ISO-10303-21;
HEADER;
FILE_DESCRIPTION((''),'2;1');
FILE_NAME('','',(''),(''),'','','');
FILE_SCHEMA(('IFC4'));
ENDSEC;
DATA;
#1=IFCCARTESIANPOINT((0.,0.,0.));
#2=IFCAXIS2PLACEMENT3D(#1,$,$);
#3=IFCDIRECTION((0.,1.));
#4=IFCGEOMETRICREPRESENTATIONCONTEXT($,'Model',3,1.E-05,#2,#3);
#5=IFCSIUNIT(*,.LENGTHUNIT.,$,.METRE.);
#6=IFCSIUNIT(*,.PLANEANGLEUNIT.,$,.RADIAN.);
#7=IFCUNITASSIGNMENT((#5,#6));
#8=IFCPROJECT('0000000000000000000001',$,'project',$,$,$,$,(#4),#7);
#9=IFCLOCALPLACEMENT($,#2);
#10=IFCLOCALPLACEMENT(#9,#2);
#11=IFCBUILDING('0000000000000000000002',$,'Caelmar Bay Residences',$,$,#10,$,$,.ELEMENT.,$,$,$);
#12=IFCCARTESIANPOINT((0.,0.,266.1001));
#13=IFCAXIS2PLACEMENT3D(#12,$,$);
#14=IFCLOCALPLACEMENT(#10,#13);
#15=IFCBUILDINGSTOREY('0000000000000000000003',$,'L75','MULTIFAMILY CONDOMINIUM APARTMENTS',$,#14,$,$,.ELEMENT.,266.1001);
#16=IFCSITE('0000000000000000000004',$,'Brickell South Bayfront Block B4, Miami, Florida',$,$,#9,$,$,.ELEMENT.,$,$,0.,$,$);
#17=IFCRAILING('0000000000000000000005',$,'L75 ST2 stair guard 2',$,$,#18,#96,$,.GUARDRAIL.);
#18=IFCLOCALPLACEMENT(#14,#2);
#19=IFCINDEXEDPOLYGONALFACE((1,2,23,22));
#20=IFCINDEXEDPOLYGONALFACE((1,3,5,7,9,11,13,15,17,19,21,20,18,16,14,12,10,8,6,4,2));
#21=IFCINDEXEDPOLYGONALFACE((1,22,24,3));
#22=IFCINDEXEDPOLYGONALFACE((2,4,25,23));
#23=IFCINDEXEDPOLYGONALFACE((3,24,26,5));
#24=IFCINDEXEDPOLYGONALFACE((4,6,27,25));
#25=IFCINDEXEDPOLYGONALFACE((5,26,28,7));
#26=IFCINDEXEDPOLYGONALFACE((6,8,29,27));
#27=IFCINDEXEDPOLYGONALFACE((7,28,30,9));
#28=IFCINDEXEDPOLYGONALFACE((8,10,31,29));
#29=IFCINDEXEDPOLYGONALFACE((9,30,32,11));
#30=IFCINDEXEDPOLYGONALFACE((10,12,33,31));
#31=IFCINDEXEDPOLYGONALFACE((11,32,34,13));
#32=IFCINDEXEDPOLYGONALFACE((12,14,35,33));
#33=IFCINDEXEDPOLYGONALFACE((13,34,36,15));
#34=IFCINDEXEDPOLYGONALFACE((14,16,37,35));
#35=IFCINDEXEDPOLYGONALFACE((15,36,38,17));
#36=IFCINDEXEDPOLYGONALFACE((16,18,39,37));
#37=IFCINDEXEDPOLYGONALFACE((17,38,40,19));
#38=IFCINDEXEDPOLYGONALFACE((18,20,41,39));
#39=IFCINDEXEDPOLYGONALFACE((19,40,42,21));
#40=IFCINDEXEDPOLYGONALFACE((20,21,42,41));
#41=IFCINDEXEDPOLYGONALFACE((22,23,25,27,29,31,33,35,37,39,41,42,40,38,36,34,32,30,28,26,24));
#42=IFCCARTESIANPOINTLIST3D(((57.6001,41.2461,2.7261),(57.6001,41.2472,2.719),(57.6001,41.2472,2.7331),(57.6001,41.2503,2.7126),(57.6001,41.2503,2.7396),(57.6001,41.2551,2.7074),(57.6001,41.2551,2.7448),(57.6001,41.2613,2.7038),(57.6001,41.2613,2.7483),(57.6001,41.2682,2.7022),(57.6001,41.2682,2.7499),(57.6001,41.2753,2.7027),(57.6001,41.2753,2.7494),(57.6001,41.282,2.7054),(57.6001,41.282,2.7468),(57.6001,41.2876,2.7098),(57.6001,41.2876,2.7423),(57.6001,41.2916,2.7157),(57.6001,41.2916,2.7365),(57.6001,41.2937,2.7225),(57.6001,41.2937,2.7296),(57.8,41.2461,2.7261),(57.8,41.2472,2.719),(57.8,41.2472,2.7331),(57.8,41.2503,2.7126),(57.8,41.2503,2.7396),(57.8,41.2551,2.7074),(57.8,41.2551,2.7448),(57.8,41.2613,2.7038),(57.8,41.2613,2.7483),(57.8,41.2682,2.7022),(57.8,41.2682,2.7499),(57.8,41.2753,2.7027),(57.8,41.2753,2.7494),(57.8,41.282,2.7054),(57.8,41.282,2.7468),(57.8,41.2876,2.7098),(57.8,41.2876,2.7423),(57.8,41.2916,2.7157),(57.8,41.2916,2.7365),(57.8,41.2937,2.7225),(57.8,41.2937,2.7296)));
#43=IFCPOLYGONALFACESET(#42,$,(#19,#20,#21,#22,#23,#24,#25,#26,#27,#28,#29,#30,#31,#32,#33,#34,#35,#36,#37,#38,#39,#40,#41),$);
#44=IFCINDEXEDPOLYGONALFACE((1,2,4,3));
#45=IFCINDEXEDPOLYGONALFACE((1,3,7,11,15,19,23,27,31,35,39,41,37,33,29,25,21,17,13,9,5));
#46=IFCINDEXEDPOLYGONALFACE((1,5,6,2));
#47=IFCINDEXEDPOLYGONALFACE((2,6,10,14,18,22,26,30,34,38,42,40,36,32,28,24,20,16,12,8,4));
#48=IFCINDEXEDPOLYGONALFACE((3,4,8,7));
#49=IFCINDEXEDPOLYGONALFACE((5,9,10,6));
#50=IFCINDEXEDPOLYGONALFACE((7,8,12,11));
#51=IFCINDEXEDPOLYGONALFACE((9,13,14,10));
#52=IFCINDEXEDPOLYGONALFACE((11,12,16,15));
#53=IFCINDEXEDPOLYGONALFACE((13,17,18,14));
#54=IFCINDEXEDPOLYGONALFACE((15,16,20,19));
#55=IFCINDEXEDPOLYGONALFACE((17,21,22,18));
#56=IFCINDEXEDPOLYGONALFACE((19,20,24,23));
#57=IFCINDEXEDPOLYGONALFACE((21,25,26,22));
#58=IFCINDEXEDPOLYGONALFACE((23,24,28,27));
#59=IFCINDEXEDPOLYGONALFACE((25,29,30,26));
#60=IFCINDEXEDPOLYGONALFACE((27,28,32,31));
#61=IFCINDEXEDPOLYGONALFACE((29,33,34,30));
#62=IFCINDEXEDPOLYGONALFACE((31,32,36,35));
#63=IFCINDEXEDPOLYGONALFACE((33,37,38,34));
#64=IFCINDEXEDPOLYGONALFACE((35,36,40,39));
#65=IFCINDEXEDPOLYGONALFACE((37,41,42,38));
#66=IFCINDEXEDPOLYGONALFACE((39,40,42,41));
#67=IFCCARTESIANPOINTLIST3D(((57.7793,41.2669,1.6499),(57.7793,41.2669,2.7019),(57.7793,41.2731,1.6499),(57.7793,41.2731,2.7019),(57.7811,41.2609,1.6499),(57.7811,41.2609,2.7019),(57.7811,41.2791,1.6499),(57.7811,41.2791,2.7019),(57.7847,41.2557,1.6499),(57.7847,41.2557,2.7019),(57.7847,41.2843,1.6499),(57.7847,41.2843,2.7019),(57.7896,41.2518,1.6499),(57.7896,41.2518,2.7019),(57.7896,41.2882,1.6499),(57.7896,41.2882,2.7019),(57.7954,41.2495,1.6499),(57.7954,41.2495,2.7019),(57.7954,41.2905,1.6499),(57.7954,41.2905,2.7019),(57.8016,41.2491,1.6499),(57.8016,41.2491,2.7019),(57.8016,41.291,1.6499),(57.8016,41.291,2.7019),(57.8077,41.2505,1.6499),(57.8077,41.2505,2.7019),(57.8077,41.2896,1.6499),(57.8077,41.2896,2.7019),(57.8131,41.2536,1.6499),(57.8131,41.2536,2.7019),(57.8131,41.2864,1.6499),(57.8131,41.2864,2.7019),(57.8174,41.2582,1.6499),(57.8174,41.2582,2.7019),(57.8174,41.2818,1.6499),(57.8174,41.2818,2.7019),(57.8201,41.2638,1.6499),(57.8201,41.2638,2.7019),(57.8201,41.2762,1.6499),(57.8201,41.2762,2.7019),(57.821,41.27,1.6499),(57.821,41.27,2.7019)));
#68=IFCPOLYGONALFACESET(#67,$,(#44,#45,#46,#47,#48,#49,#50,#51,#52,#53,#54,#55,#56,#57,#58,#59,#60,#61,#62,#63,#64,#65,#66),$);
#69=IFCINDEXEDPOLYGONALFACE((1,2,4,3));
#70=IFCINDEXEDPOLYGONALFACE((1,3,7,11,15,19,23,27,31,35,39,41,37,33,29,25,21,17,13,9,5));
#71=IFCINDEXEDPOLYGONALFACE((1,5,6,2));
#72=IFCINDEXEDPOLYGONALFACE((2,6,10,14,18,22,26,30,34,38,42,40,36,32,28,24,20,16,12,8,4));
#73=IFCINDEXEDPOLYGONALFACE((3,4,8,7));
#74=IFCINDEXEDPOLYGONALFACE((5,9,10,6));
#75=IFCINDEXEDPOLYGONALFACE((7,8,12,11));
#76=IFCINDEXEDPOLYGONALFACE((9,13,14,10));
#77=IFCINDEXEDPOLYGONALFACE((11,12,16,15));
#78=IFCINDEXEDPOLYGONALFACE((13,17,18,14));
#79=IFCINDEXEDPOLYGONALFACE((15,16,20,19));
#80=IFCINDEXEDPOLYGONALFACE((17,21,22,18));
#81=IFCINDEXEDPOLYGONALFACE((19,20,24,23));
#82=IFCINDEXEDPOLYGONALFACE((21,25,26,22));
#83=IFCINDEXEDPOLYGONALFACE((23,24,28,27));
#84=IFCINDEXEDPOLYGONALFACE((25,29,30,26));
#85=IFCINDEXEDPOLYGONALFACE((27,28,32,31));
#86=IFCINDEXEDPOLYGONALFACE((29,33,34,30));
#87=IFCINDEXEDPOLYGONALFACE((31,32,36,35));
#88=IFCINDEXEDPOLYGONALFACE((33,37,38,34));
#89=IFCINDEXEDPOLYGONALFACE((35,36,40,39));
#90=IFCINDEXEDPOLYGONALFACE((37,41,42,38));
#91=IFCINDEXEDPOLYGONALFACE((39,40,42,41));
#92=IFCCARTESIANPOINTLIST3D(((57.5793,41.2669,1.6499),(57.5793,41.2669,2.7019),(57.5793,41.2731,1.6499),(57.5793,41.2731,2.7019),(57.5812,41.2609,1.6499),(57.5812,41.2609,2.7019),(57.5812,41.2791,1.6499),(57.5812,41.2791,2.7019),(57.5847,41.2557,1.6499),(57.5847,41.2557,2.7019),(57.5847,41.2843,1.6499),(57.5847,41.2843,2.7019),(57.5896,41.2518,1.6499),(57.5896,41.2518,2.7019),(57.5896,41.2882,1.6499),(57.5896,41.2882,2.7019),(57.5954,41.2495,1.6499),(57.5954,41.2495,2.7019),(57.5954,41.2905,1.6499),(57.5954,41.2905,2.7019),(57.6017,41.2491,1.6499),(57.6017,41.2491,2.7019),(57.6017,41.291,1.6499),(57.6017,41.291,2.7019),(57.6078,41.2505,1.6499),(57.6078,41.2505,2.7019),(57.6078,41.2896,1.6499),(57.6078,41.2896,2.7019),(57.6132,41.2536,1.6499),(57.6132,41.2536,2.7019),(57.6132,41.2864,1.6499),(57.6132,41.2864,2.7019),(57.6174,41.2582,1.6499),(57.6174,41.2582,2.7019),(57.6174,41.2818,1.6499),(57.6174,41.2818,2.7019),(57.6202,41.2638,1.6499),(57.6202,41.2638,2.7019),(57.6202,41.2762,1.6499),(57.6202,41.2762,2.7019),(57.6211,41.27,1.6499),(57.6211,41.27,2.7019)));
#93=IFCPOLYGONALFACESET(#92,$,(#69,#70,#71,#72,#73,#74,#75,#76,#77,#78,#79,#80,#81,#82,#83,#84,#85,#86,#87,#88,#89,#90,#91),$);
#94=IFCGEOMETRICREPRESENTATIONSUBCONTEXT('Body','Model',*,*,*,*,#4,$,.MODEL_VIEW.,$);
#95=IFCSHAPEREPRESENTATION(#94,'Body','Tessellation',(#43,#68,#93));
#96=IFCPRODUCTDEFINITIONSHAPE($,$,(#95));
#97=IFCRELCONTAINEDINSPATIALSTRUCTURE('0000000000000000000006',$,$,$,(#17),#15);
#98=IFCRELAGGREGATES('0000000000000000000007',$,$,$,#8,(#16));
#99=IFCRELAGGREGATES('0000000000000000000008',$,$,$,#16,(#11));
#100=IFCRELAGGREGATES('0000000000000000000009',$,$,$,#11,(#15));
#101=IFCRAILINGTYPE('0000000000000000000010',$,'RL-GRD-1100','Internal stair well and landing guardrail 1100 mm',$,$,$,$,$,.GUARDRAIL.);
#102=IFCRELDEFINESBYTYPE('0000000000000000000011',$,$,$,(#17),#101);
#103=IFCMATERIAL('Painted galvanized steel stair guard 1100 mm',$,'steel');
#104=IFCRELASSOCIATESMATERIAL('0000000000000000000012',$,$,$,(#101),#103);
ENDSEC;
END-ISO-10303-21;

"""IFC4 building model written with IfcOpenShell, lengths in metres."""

from ifc_helpers import new_model, si_unit, direction, frame, origin, origin_2d, place, context, subcontext, project, spatial, circle, extrude, material, type_object, element, save


model = new_model("IFC4")

# Units and contexts
model_context = context("Model", 3, precision=1e-05, world=origin(), true_north=direction((0.0, 1.0)))
body_context = subcontext(model_context, "Body", "Model", "MODEL_VIEW")
ifc_project = project(units=[si_unit("LENGTHUNIT", "METRE"), si_unit("PLANEANGLEUNIT", "RADIAN")], contexts=[model_context])

# Site, building, storey
site_placement = place(None, origin())
site = spatial("IfcSite", under=ifc_project, at=site_placement, Name="Brickell South Bayfront Block B4, Miami, Florida", CompositionType="ELEMENT", RefElevation=0.0)
building_placement = place(site_placement, origin())
building = spatial("IfcBuilding", under=site, at=building_placement, Name="Caelmar Bay Residences", CompositionType="ELEMENT")
storey_placement = place(building_placement, frame((0.0, 0.0, 266.1001)))
storey = spatial("IfcBuildingStorey", under=building, at=storey_placement, Name="L75", Description="MULTIFAMILY CONDOMINIUM APARTMENTS", CompositionType="ELEMENT", Elevation=266.1001)

# Railing
ifc_material_1 = material(Name="Painted galvanized steel stair guard 1100 mm", Category="steel")
railing_type_1 = type_object("IfcRailingType", Name="RL-GRD-1100", Description="Internal stair well and landing guardrail 1100 mm", PredefinedType="GUARDRAIL", material=ifc_material_1)
railing_1_placement = place(storey_placement, frame((57.8, 41.27, 1.6499)))
element("IfcRailing", 1, at=railing_1_placement, inside=storey, type_object=railing_type_1, Name="L75 ST2 stair guard 2", PredefinedType="GUARDRAIL", context=body_context, shape_type="SweptSolid", body=[
    extrude(circle(Radius=0.0239, at=origin_2d()), frame((0.0, 0.0, 1.0762), z_axis=(-1.0, 0.0, 0.0), x_axis=(0.0, -1.0, 0.0)), (0.0, 0.0, 1.0), 0.2),
    extrude(circle(Radius=0.021, at=origin_2d()), origin(), (0.0, 0.0, 1.0), 1.052),
    extrude(circle(Radius=0.021, at=origin_2d()), frame((-0.2, 0.0, 0.0)), (0.0, 0.0, 1.0), 1.052),
])

save(model, "model.ifc")
